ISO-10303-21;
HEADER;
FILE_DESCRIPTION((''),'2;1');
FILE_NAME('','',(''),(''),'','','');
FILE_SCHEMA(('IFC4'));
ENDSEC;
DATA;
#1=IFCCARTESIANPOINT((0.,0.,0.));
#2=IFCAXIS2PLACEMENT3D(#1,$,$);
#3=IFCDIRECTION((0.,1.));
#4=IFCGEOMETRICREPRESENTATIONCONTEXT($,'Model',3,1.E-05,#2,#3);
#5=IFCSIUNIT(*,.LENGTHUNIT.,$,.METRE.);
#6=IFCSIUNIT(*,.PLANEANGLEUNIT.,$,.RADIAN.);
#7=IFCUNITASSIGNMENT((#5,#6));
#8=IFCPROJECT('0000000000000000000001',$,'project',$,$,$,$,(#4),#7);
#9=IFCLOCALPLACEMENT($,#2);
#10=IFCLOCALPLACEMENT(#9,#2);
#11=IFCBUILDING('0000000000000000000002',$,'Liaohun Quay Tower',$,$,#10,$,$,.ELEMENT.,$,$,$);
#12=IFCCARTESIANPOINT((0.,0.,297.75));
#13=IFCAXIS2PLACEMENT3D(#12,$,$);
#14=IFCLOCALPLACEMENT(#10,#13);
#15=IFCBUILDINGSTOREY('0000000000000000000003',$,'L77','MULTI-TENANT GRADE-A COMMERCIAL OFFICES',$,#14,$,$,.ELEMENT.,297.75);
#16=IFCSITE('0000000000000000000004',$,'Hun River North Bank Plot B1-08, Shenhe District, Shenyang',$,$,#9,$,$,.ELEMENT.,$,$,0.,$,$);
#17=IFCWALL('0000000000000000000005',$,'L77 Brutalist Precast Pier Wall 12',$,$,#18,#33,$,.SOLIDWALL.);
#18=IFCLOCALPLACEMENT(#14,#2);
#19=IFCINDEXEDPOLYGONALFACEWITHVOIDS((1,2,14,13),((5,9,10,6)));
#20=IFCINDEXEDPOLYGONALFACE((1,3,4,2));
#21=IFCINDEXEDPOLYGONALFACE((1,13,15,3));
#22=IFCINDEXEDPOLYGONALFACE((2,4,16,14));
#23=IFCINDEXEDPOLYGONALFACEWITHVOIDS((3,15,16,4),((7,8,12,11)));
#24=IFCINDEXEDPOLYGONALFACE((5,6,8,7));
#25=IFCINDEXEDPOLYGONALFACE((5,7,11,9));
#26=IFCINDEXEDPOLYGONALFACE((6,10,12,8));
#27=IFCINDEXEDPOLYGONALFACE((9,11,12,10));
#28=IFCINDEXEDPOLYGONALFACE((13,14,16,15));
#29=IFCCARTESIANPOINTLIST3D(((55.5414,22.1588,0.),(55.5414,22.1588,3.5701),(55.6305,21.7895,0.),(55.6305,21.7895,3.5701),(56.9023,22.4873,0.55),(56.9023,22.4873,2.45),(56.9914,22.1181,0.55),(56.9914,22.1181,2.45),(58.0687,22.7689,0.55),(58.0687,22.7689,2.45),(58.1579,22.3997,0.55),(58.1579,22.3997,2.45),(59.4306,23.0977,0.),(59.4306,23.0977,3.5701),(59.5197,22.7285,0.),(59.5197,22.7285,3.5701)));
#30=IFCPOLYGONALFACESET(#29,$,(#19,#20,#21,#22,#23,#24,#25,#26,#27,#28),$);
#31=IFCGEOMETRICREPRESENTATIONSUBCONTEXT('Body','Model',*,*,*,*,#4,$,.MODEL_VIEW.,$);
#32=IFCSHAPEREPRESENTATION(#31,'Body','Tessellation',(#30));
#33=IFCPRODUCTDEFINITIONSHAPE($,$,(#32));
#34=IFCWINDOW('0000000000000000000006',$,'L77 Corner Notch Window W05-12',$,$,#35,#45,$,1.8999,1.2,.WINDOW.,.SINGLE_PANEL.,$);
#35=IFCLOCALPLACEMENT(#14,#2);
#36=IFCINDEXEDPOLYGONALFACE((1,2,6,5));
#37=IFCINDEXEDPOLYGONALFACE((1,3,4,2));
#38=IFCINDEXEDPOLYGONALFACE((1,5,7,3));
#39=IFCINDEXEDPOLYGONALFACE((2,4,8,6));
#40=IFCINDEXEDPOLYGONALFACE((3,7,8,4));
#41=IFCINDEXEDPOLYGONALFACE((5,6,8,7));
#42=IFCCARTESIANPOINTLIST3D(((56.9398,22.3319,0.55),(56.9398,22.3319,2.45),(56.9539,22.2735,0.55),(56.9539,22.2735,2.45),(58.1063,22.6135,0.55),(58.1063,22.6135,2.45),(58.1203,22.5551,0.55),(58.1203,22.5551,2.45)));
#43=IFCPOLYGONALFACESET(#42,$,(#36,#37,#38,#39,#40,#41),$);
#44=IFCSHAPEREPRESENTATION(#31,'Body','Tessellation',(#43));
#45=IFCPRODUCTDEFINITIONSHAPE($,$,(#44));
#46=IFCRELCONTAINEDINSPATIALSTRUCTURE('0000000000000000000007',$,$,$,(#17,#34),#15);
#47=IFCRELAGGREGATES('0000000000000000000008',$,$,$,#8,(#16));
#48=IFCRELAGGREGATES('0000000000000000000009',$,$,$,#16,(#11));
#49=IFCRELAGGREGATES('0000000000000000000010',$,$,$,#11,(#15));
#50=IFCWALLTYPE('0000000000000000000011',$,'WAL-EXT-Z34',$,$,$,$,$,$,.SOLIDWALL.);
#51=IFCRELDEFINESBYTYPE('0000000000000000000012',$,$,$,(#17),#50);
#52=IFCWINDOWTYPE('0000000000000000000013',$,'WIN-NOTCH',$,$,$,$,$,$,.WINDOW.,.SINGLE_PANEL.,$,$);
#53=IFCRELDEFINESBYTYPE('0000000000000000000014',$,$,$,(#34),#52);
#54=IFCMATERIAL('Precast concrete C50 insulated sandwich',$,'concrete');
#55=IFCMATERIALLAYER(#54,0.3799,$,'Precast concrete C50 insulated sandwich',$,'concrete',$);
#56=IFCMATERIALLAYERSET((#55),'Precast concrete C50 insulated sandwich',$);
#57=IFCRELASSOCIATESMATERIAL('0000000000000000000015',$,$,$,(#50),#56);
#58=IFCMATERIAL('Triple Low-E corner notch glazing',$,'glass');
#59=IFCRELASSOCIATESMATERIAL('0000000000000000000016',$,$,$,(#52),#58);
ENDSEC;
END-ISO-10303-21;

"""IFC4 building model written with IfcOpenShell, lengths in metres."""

from ifc_helpers import new_model, si_unit, direction, frame, frame_2d, origin, place, context, subcontext, project, spatial, rectangle, extrude, source, transform, mapped, material, layer, layer_set, type_object, element, fill, save


model = new_model("IFC4")

# Units and contexts
model_context = context("Model", 3, precision=1e-05, world=origin(), true_north=direction((0.0, 1.0)))
body_context = subcontext(model_context, "Body", "Model", "MODEL_VIEW")
ifc_project = project(units=[si_unit("LENGTHUNIT", "METRE"), si_unit("PLANEANGLEUNIT", "RADIAN")], contexts=[model_context])

# Site, building, storey
site_placement = place(None, origin())
site = spatial("IfcSite", under=ifc_project, at=site_placement, Name="Hun River North Bank Plot B1-08, Shenhe District, Shenyang", CompositionType="ELEMENT", RefElevation=0.0)
building_placement = place(site_placement, origin())
building = spatial("IfcBuilding", under=site, at=building_placement, Name="Liaohun Quay Tower", CompositionType="ELEMENT")
storey_placement = place(building_placement, frame((0.0, 0.0, 297.75)))
storey = spatial("IfcBuildingStorey", under=building, at=storey_placement, Name="L77", Description="MULTI-TENANT GRADE-A COMMERCIAL OFFICES", CompositionType="ELEMENT", Elevation=297.75)

# Wall, opening, window
ifc_material_1 = material(Name="Precast concrete C50 insulated sandwich", Category="concrete")
ifc_layer_1 = layer(ifc_material_1, 0.3799, Name="Precast concrete C50 insulated sandwich", Category="concrete")
ifc_layer_set_1 = layer_set([ifc_layer_1], Name="Precast concrete C50 insulated sandwich")
wall_type_1 = type_object("IfcWallType", Name="WAL-EXT-Z34", PredefinedType="SOLIDWALL", material=ifc_layer_set_1)
wall_1_placement = place(storey_placement, frame((55.5859, 21.9741, 0.0), z_axis=(0.0, 0.0, 1.0), x_axis=(0.972071, 0.234688, 0.0)))
wall_1 = element("IfcWall", 1, at=wall_1_placement, inside=storey, type_object=wall_type_1, Name="L77 Brutalist Precast Pier Wall 12", PredefinedType="SOLIDWALL", context=body_context, shape_type="SweptSolid", body=[
    extrude(rectangle(XDim=4.001, YDim=0.3799, at=frame_2d((2.0005, 0.0))), origin(), (0.0, 0.0, 1.0), 3.5701),
])
shared_shape_1 = source(origin(), body_context, "Body", "SweptSolid", [
    extrude(rectangle(XDim=1.2, YDim=1.8999, at=frame_2d((0.6001, 0.95))), frame((0.0, 0.2, 0.0), z_axis=(0.0, -1.0, 0.0), x_axis=(1.0, 0.0, 0.0)), (0.0, 0.0, 1.0), 0.3999),
])
opening_1_placement = place(wall_1_placement, frame((1.3999, 0.0, 0.55)))
opening_1 = element("IfcOpeningElement", 2, at=opening_1_placement, cuts=wall_1, PredefinedType="OPENING", context=body_context, shape_type="MappedRepresentation", body=[
    mapped(shared_shape_1, transform((0.0, 0.0, 0.0), x_axis=(1.0, 0.0, 0.0), y_axis=(0.0, 1.0, 0.0), z_axis=(0.0, 0.0, 1.0), scale=1.0)),
])
ifc_material_2 = material(Name="Triple Low-E corner notch glazing", Category="glass")
window_type_1 = type_object("IfcWindowType", Name="WIN-NOTCH", PartitioningType="SINGLE_PANEL", PredefinedType="WINDOW", material=ifc_material_2)
shared_shape_2 = source(origin(), body_context, "Body", "SweptSolid", [
    extrude(rectangle(XDim=1.2, YDim=1.8999, at=frame_2d((0.6001, 0.95))), frame((0.0, 0.03, 0.0), z_axis=(0.0, -1.0, 0.0), x_axis=(1.0, 0.0, 0.0)), (0.0, 0.0, 1.0), 0.0601),
])
window_1_placement = place(opening_1_placement, origin())
window_1 = element("IfcWindow", 3, at=window_1_placement, inside=storey, type_object=window_type_1, Name="L77 Corner Notch Window W05-12", OverallHeight=1.8999, OverallWidth=1.2, PartitioningType="SINGLE_PANEL", PredefinedType="WINDOW", context=body_context, shape_type="MappedRepresentation", body=[
    mapped(shared_shape_2, transform((0.0, 0.0, 0.0), x_axis=(1.0, 0.0, 0.0), y_axis=(0.0, 1.0, 0.0), z_axis=(0.0, 0.0, 1.0), scale=1.0)),
])
fill(opening_1, window_1)

save(model, "model.ifc")
